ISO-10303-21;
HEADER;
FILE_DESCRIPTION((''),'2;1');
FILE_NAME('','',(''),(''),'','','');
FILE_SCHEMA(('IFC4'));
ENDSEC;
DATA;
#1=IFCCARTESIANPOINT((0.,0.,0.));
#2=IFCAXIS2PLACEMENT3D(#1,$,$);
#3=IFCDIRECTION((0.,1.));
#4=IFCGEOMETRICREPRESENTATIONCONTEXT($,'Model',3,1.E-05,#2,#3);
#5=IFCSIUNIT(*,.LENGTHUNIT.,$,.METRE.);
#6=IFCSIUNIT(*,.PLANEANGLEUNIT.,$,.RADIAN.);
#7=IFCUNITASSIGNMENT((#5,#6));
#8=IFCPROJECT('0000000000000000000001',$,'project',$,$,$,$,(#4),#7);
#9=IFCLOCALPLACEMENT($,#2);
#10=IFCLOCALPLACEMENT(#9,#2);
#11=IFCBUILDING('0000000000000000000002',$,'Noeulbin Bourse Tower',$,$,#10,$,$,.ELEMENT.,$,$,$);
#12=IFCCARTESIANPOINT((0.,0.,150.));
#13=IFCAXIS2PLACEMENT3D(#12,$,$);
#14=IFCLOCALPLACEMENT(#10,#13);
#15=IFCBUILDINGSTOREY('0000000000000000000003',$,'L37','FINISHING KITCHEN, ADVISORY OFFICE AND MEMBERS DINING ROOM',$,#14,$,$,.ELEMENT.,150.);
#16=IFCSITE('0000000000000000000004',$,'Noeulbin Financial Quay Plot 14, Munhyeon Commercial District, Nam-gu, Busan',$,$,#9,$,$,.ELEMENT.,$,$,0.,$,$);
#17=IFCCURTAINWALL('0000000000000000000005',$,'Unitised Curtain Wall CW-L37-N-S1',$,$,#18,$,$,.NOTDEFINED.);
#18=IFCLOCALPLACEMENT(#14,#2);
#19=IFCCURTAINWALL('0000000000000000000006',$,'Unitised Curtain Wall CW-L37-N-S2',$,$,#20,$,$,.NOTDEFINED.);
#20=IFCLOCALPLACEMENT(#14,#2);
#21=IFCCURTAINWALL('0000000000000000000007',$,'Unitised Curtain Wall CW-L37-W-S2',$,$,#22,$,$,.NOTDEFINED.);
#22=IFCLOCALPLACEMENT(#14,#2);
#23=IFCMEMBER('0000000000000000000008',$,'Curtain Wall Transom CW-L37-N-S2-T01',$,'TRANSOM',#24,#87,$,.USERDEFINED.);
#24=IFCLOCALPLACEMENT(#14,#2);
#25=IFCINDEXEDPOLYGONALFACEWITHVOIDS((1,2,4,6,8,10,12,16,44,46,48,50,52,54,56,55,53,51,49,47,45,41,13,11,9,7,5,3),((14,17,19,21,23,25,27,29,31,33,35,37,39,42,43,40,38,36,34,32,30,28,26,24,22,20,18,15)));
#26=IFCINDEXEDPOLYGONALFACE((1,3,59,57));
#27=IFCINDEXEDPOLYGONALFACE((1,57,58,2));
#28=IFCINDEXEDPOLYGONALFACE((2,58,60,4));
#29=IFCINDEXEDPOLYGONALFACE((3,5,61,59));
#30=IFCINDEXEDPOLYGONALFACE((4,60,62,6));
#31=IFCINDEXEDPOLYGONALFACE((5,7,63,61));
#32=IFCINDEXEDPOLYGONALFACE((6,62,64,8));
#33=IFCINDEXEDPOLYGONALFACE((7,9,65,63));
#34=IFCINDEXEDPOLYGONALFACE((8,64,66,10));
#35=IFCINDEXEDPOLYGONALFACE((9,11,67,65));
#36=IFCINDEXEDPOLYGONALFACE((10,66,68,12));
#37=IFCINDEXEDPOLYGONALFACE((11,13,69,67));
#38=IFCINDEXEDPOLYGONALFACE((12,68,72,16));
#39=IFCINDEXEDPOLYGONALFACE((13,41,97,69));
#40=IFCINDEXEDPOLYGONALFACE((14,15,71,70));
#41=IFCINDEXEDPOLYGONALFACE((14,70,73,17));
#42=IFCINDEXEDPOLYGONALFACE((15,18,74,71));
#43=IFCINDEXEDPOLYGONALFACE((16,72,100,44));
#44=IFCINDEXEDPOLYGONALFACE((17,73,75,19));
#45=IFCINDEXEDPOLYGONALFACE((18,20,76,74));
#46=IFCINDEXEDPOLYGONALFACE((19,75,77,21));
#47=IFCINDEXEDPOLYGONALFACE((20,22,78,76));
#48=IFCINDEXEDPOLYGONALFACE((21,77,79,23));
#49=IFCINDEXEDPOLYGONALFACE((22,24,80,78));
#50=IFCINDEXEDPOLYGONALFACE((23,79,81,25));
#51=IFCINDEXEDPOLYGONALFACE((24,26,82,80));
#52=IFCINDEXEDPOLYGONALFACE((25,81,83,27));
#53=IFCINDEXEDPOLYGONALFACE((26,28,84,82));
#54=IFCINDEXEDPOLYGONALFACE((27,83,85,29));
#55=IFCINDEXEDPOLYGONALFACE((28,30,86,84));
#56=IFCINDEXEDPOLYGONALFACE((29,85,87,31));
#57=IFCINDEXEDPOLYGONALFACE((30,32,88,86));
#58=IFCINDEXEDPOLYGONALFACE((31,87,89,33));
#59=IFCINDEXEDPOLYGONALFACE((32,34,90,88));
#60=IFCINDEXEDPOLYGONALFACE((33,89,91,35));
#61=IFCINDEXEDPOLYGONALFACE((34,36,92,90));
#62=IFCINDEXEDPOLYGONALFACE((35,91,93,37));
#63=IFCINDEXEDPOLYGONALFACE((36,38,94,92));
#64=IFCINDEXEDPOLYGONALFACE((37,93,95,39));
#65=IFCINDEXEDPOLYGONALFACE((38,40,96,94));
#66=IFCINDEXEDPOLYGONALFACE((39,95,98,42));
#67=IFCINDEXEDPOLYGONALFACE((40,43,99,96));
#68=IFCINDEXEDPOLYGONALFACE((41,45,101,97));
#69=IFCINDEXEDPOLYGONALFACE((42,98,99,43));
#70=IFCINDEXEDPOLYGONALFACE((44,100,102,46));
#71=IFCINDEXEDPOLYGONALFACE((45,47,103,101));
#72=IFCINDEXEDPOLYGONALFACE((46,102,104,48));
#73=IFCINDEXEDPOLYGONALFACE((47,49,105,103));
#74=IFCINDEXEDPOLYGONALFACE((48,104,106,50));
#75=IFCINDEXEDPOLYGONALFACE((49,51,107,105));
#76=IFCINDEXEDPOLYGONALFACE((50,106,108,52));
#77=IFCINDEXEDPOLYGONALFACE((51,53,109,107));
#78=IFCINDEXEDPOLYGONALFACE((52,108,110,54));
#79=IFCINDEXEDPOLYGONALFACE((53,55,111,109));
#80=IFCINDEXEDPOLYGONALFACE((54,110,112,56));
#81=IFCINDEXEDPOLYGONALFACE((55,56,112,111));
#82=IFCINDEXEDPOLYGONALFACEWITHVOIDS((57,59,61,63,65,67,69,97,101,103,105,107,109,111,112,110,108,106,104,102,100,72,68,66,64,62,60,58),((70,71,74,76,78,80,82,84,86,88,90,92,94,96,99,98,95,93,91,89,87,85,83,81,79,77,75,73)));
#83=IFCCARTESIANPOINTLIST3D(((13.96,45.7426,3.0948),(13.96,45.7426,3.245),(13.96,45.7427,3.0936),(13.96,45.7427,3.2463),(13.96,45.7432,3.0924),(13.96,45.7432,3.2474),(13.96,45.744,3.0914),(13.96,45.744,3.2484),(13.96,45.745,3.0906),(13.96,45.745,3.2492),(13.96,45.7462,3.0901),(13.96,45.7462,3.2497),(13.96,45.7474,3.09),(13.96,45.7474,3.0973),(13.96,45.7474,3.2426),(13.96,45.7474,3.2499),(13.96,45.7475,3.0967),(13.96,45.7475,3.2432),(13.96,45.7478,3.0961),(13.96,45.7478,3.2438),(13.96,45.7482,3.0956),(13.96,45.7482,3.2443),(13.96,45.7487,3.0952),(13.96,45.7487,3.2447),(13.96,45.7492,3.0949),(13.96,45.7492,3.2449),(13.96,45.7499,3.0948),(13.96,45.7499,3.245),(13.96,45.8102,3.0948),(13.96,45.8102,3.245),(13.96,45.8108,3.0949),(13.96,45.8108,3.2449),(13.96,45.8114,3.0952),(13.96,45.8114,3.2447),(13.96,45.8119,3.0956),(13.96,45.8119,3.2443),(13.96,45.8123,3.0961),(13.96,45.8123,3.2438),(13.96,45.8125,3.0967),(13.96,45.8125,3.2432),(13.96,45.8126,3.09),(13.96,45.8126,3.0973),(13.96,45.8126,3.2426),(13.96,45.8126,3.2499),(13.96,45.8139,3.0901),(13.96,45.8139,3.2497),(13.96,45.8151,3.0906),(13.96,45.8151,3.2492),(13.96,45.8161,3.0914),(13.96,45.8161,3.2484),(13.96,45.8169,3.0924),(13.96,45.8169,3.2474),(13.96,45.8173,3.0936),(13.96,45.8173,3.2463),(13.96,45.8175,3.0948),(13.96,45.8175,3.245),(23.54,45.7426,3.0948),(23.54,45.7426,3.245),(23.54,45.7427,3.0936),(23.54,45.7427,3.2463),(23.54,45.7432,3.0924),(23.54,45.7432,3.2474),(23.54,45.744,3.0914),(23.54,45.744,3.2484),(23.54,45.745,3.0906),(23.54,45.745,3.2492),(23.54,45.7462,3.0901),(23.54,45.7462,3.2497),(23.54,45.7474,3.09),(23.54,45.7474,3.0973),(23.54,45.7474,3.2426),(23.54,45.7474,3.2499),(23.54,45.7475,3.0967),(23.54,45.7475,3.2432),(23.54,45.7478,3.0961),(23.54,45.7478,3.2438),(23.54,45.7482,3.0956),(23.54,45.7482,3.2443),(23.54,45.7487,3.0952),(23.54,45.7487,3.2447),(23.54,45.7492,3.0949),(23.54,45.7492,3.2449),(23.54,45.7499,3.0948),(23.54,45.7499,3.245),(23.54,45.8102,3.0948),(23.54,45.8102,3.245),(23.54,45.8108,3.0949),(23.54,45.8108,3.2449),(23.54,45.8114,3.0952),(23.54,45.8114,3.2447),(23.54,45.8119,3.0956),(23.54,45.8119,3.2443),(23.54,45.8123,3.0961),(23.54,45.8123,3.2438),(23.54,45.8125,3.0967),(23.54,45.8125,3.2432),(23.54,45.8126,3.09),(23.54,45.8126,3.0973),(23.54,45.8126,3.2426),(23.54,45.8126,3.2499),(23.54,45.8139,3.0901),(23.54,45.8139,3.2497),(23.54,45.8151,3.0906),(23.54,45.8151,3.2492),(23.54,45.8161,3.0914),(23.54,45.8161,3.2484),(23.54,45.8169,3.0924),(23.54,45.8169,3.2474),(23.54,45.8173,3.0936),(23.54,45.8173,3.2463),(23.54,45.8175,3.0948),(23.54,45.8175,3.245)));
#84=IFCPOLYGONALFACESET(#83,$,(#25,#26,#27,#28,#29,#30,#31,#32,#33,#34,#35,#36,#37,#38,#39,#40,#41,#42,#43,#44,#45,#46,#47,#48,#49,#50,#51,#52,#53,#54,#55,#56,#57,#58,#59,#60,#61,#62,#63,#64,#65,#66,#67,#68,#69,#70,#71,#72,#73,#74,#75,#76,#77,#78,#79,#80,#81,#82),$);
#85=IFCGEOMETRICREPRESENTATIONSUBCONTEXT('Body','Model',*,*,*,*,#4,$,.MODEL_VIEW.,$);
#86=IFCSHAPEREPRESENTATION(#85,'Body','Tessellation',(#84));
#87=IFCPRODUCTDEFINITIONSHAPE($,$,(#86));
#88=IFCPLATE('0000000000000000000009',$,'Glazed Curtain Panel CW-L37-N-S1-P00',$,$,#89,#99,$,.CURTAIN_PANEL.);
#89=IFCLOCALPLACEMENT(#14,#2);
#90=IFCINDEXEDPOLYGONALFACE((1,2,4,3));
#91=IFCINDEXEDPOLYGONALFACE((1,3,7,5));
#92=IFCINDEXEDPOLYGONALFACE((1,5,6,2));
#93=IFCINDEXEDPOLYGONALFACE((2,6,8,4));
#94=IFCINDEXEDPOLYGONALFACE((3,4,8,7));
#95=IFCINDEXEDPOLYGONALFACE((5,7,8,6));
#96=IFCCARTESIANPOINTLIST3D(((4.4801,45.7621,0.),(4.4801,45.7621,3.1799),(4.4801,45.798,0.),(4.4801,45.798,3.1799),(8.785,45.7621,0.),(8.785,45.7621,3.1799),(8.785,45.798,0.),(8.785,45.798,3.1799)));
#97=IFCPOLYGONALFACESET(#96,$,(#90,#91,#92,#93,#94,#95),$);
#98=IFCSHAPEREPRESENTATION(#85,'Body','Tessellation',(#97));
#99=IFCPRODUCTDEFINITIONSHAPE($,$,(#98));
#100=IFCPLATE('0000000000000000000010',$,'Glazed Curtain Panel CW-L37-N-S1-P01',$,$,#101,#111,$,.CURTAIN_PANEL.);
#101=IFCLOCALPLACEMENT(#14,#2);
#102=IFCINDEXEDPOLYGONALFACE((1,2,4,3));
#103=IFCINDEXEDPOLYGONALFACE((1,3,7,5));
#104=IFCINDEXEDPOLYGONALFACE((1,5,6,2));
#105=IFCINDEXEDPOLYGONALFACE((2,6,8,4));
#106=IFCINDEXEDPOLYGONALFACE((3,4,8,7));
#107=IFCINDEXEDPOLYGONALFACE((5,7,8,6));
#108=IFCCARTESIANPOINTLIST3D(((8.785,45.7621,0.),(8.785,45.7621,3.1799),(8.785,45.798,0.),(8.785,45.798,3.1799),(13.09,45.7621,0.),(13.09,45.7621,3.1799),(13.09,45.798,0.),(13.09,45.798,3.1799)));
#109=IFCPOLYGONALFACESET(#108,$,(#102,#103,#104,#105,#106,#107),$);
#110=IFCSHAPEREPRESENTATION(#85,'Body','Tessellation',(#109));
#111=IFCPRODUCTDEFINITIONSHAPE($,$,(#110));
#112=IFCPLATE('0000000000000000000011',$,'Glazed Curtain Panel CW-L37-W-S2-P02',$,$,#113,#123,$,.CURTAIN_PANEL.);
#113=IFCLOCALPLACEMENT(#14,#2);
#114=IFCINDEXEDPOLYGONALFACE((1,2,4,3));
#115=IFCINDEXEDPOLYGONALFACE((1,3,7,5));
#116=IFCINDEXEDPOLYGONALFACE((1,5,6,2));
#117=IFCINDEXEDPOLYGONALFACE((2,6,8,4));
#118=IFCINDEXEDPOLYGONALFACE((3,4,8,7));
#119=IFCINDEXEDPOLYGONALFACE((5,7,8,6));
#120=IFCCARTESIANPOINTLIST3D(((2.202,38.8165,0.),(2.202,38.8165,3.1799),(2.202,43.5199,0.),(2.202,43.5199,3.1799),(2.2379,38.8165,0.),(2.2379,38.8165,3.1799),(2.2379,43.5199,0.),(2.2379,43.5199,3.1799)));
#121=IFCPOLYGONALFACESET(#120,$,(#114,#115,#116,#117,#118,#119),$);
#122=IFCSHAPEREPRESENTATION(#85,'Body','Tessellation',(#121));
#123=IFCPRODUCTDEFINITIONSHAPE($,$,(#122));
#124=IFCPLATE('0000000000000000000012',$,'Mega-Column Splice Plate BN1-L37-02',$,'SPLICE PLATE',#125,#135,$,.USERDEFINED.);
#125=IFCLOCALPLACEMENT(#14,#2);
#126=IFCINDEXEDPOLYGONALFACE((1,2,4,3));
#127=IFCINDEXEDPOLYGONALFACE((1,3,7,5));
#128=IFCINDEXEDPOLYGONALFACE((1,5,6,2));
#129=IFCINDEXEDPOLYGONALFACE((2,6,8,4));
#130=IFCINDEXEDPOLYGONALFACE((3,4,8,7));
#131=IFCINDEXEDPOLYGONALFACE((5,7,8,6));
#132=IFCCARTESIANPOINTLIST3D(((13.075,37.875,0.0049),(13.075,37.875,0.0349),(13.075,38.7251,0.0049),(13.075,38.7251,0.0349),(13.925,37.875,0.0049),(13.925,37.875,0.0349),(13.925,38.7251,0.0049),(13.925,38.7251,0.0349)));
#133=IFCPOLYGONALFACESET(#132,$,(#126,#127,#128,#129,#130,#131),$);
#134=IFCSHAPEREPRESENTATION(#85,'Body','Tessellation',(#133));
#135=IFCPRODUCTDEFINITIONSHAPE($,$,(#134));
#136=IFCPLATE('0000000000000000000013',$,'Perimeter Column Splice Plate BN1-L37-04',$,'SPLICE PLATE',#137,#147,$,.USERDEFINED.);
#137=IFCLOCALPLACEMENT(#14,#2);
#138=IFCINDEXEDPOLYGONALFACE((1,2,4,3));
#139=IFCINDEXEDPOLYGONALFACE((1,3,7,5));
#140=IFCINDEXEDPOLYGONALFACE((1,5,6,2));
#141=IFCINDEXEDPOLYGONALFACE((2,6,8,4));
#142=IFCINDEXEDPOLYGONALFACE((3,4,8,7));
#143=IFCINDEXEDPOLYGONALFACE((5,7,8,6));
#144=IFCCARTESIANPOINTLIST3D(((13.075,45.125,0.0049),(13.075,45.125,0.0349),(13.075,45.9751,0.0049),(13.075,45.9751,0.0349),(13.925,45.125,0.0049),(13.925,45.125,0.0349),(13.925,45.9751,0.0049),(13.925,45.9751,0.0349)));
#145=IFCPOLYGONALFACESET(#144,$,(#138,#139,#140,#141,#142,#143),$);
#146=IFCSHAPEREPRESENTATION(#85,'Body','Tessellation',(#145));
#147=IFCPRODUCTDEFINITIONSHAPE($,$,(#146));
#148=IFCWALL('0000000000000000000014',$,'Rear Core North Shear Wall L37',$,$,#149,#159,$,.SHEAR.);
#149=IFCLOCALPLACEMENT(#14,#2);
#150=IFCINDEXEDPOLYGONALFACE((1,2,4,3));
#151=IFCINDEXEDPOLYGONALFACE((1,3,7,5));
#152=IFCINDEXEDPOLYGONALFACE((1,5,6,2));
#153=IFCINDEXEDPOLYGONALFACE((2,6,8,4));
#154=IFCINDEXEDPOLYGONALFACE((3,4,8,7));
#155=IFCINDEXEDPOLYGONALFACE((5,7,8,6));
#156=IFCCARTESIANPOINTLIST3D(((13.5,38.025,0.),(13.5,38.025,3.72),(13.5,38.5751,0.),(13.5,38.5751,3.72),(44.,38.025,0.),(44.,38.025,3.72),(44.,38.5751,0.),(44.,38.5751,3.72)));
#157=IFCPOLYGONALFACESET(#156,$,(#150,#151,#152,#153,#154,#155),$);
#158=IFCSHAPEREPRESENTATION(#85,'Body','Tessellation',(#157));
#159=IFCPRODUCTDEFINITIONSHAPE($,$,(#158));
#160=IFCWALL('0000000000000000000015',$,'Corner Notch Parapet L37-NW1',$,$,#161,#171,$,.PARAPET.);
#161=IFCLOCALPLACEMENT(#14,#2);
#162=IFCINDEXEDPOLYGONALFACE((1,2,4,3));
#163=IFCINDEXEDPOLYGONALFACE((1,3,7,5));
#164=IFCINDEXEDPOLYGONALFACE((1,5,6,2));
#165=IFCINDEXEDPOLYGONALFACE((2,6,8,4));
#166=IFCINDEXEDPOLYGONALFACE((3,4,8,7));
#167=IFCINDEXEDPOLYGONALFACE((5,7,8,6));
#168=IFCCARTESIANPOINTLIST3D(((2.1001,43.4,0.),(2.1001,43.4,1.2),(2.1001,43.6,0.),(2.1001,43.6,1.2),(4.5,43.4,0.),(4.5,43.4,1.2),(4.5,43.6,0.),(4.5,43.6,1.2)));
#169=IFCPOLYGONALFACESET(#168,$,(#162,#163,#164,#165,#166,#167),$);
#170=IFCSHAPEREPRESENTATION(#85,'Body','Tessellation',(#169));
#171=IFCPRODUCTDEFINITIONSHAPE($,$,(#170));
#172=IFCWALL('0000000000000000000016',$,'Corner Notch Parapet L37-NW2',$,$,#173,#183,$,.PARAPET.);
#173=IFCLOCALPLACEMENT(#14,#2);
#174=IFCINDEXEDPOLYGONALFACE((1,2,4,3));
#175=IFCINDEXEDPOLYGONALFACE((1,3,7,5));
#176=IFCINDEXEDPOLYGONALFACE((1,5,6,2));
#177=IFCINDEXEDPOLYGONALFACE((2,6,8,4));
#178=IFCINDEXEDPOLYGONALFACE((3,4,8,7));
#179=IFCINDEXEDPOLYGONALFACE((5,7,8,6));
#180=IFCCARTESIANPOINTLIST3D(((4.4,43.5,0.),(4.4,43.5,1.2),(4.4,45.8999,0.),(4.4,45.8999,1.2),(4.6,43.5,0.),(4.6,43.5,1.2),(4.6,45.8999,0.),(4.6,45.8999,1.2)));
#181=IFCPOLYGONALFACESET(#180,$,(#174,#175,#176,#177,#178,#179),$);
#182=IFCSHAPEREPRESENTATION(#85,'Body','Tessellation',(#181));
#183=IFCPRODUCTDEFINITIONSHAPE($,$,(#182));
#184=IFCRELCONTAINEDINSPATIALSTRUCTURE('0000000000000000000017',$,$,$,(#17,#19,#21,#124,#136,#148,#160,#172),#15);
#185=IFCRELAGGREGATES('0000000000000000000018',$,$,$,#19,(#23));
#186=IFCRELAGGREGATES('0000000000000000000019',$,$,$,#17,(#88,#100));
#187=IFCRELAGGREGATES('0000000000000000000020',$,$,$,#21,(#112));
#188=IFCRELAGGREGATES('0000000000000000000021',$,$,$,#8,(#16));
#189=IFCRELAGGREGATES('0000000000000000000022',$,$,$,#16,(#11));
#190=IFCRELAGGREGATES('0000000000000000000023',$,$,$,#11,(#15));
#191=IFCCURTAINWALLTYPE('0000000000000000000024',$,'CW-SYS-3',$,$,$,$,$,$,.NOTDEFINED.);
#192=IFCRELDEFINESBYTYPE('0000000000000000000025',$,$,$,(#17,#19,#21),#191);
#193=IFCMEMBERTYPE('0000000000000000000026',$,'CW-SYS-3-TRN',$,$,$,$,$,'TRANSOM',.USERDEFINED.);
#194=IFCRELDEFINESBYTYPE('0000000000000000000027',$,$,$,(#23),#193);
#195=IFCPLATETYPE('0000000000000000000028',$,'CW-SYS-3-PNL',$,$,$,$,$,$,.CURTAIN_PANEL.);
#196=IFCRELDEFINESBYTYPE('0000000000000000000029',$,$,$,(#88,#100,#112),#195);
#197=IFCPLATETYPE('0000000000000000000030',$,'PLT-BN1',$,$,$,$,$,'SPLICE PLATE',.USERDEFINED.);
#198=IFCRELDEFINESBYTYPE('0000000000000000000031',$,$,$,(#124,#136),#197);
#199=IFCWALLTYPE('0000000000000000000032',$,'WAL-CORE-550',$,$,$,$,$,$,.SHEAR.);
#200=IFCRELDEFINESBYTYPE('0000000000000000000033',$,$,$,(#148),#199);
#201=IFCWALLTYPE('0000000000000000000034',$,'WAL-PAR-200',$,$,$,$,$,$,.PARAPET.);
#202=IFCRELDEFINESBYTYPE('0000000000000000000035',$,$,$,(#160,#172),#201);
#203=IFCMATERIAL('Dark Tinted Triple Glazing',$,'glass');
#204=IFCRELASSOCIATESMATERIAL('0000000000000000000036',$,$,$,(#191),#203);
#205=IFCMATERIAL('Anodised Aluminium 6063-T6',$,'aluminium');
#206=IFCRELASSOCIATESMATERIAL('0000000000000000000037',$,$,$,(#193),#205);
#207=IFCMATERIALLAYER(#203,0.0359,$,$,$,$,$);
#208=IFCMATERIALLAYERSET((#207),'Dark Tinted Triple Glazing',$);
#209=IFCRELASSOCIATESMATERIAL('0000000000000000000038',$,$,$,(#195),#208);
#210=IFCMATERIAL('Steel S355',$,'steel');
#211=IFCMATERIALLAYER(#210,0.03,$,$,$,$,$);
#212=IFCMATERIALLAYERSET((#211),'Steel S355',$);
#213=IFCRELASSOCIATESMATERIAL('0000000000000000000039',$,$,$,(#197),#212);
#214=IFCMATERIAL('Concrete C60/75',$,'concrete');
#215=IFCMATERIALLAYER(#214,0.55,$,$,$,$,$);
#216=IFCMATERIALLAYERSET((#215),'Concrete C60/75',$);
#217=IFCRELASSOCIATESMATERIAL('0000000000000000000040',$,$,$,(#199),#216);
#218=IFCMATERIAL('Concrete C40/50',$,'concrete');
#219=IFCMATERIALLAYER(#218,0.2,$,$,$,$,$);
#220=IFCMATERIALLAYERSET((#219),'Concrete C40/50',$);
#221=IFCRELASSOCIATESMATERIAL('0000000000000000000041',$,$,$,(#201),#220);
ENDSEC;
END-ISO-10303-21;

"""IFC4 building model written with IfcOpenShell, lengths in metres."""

from ifc_helpers import new_model, si_unit, direction, frame, frame_2d, origin, origin_2d, place, context, subcontext, project, spatial, rectangle, hollow_rectangle, extrude, material, layer, layer_set, material_profile, profile_set, type_object, element, aggregate, save


model = new_model("IFC4")

# Units and contexts
model_context = context("Model", 3, precision=1e-05, world=origin(), true_north=direction((0.0, 1.0)))
body_context = subcontext(model_context, "Body", "Model", "MODEL_VIEW")
ifc_project = project(units=[si_unit("LENGTHUNIT", "METRE"), si_unit("PLANEANGLEUNIT", "RADIAN")], contexts=[model_context])

# Site, building, storey
site_placement = place(None, origin())
site = spatial("IfcSite", under=ifc_project, at=site_placement, Name="Noeulbin Financial Quay Plot 14, Munhyeon Commercial District, Nam-gu, Busan", CompositionType="ELEMENT", RefElevation=0.0)
building_placement = place(site_placement, origin())
building = spatial("IfcBuilding", under=site, at=building_placement, Name="Noeulbin Bourse Tower", CompositionType="ELEMENT")
storey_placement = place(building_placement, frame((0.0, 0.0, 150.0)))
storey = spatial("IfcBuildingStorey", under=building, at=storey_placement, Name="L37", Description="FINISHING KITCHEN, ADVISORY OFFICE AND MEMBERS DINING ROOM", CompositionType="ELEMENT", Elevation=150.0)

# Shared definitions
ifc_material_1 = material(Name="Steel S355", Category="steel")

# Curtain wall
ifc_material_2 = material(Name="Dark Tinted Triple Glazing", Category="glass")
curtain_wall_type = type_object("IfcCurtainWallType", Name="CW-SYS-3", PredefinedType="NOTDEFINED", material=ifc_material_2)
curtain_wall_1_placement = place(storey_placement, origin())
curtain_wall_1 = element("IfcCurtainWall", 1, at=curtain_wall_1_placement, inside=storey, type_object=curtain_wall_type, Name="Unitised Curtain Wall CW-L37-N-S1", PredefinedType="NOTDEFINED")
ifc_material_3 = material(Name="Anodised Aluminium 6063-T6", Category="aluminium")

# Curtain wall
curtain_wall_2_placement = place(storey_placement, origin())
curtain_wall_2 = element("IfcCurtainWall", 2, at=curtain_wall_2_placement, inside=storey, type_object=curtain_wall_type, Name="Unitised Curtain Wall CW-L37-N-S2", PredefinedType="NOTDEFINED")

# Curtain wall
curtain_wall_3_placement = place(storey_placement, origin())
curtain_wall_3 = element("IfcCurtainWall", 3, at=curtain_wall_3_placement, inside=storey, type_object=curtain_wall_type, Name="Unitised Curtain Wall CW-L37-W-S2", PredefinedType="NOTDEFINED")

# Member
ifc_material_profile_1 = material_profile(ifc_material_3, hollow_rectangle(XDim=0.075, YDim=0.1599, WallThickness=0.0049, InnerFilletRadius=0.0024, OuterFilletRadius=0.0049, at=origin_2d()), Name="ALU-TRAN-75x160x5", Category="LoadBearing")
ifc_profile_set_1 = profile_set([ifc_material_profile_1], Name="Anodised Aluminium 6063-T6")
member_type_1 = type_object("IfcMemberType", Name="CW-SYS-3-TRN", ElementType="TRANSOM", PredefinedType="USERDEFINED", material=ifc_profile_set_1)
member_1_placement = place(storey_placement, frame((13.96, 45.78, 3.1699), z_axis=(1.0, 0.0, 0.0), x_axis=(0.0, 1.0, 0.0)))
member_1 = element("IfcMember", 4, at=member_1_placement, type_object=member_type_1, Name="Curtain Wall Transom CW-L37-N-S2-T01", ObjectType="TRANSOM", PredefinedType="USERDEFINED", context=body_context, shape_type="SweptSolid", body=[
    extrude(hollow_rectangle(XDim=0.075, YDim=0.1599, WallThickness=0.0049, InnerFilletRadius=0.0024, OuterFilletRadius=0.0049, at=origin_2d()), origin(), (0.0, 0.0, 1.0), 9.5801),
])
aggregate(curtain_wall_2, [member_1])

# Plates
ifc_layer_1 = layer(ifc_material_2, 0.0359)
ifc_layer_set_1 = layer_set([ifc_layer_1], Name="Dark Tinted Triple Glazing")
plate_type_1 = type_object("IfcPlateType", Name="CW-SYS-3-PNL", PredefinedType="CURTAIN_PANEL", material=ifc_layer_set_1)
plate_1_placement = place(storey_placement, frame((6.6326, 45.78, 0.0), z_axis=(0.0, 0.0, 1.0), x_axis=(1.0, 0.0, 0.0)))
plate_1 = element("IfcPlate", 5, at=plate_1_placement, type_object=plate_type_1, Name="Glazed Curtain Panel CW-L37-N-S1-P00", PredefinedType="CURTAIN_PANEL", context=body_context, shape_type="SweptSolid", body=[
    extrude(rectangle(XDim=4.3049, YDim=0.0359, at=origin_2d()), origin(), (0.0, 0.0, 1.0), 3.1799),
])
plate_2_placement = place(storey_placement, frame((10.9375, 45.78, 0.0), z_axis=(0.0, 0.0, 1.0), x_axis=(1.0, 0.0, 0.0)))
plate_2 = element("IfcPlate", 6, at=plate_2_placement, type_object=plate_type_1, Name="Glazed Curtain Panel CW-L37-N-S1-P01", PredefinedType="CURTAIN_PANEL", context=body_context, shape_type="SweptSolid", body=[
    extrude(rectangle(XDim=4.3049, YDim=0.0359, at=origin_2d()), origin(), (0.0, 0.0, 1.0), 3.1799),
])
aggregate(curtain_wall_1, [plate_1, plate_2])
plate_3_placement = place(storey_placement, frame((2.22, 41.1682, 0.0), z_axis=(0.0, 0.0, 1.0), x_axis=(0.0, 1.0, 0.0)))
plate_3 = element("IfcPlate", 7, at=plate_3_placement, type_object=plate_type_1, Name="Glazed Curtain Panel CW-L37-W-S2-P02", PredefinedType="CURTAIN_PANEL", context=body_context, shape_type="SweptSolid", body=[
    extrude(rectangle(XDim=4.7034, YDim=0.0359, at=origin_2d()), origin(), (0.0, 0.0, 1.0), 3.1799),
])
aggregate(curtain_wall_3, [plate_3])

# Plates
ifc_layer_2 = layer(ifc_material_1, 0.03)
ifc_layer_set_2 = layer_set([ifc_layer_2], Name="Steel S355")
plate_type_2 = type_object("IfcPlateType", Name="PLT-BN1", ElementType="SPLICE PLATE", PredefinedType="USERDEFINED", material=ifc_layer_set_2)
for number, where, z_axis, x_axis, name in (
    (8, (13.5, 38.3, 0.0049), (0.0, 0.0, 1.0), (1.0, 0.0, 0.0), "Mega-Column Splice Plate BN1-L37-02"),
    (9, (13.5, 45.55, 0.0049), (0.0, 0.0, 1.0), (1.0, 0.0, 0.0), "Perimeter Column Splice Plate BN1-L37-04"),
):
    element("IfcPlate", number, at=place(storey_placement, frame(where, z_axis=z_axis, x_axis=x_axis)), inside=storey, type_object=plate_type_2, Name=name, ObjectType="SPLICE PLATE", PredefinedType="USERDEFINED", context=body_context, shape_type="SweptSolid", body=[
        extrude(rectangle(XDim=0.8501, YDim=0.8501, at=origin_2d()), origin(), (0.0, 0.0, 1.0), 0.03),
    ])

# Walls
ifc_material_4 = material(Name="Concrete C60/75", Category="concrete")
ifc_layer_3 = layer(ifc_material_4, 0.55)
ifc_layer_set_3 = layer_set([ifc_layer_3], Name="Concrete C60/75")
wall_type_1 = type_object("IfcWallType", Name="WAL-CORE-550", PredefinedType="SHEAR", material=ifc_layer_set_3)
wall_1_placement = place(storey_placement, frame((13.5, 38.3, 0.0), z_axis=(0.0, 0.0, 1.0), x_axis=(1.0, 0.0, 0.0)))
element("IfcWall", 10, at=wall_1_placement, inside=storey, type_object=wall_type_1, Name="Rear Core North Shear Wall L37", PredefinedType="SHEAR", context=body_context, shape_type="SweptSolid", body=[
    extrude(rectangle(XDim=30.5, YDim=0.55, at=frame_2d((15.25, 0.0))), origin(), (0.0, 0.0, 1.0), 3.72),
])
ifc_material_5 = material(Name="Concrete C40/50", Category="concrete")
ifc_layer_4 = layer(ifc_material_5, 0.2)
ifc_layer_set_4 = layer_set([ifc_layer_4], Name="Concrete C40/50")
wall_type_2 = type_object("IfcWallType", Name="WAL-PAR-200", PredefinedType="PARAPET", material=ifc_layer_set_4)
for number, where, z_axis, x_axis, name in (
    (11, (2.1001, 43.5, 0.0), (0.0, 0.0, 1.0), (1.0, 0.0, 0.0), "Corner Notch Parapet L37-NW1"),
    (12, (4.5, 43.5, 0.0), (0.0, 0.0, 1.0), (0.0, 1.0, 0.0), "Corner Notch Parapet L37-NW2"),
):
    element("IfcWall", number, at=place(storey_placement, frame(where, z_axis=z_axis, x_axis=x_axis)), inside=storey, type_object=wall_type_2, Name=name, PredefinedType="PARAPET", context=body_context, shape_type="SweptSolid", body=[
        extrude(rectangle(XDim=2.3999, YDim=0.2, at=frame_2d((1.2, 0.0))), origin(), (0.0, 0.0, 1.0), 1.2),
    ])

save(model, "model.ifc")
